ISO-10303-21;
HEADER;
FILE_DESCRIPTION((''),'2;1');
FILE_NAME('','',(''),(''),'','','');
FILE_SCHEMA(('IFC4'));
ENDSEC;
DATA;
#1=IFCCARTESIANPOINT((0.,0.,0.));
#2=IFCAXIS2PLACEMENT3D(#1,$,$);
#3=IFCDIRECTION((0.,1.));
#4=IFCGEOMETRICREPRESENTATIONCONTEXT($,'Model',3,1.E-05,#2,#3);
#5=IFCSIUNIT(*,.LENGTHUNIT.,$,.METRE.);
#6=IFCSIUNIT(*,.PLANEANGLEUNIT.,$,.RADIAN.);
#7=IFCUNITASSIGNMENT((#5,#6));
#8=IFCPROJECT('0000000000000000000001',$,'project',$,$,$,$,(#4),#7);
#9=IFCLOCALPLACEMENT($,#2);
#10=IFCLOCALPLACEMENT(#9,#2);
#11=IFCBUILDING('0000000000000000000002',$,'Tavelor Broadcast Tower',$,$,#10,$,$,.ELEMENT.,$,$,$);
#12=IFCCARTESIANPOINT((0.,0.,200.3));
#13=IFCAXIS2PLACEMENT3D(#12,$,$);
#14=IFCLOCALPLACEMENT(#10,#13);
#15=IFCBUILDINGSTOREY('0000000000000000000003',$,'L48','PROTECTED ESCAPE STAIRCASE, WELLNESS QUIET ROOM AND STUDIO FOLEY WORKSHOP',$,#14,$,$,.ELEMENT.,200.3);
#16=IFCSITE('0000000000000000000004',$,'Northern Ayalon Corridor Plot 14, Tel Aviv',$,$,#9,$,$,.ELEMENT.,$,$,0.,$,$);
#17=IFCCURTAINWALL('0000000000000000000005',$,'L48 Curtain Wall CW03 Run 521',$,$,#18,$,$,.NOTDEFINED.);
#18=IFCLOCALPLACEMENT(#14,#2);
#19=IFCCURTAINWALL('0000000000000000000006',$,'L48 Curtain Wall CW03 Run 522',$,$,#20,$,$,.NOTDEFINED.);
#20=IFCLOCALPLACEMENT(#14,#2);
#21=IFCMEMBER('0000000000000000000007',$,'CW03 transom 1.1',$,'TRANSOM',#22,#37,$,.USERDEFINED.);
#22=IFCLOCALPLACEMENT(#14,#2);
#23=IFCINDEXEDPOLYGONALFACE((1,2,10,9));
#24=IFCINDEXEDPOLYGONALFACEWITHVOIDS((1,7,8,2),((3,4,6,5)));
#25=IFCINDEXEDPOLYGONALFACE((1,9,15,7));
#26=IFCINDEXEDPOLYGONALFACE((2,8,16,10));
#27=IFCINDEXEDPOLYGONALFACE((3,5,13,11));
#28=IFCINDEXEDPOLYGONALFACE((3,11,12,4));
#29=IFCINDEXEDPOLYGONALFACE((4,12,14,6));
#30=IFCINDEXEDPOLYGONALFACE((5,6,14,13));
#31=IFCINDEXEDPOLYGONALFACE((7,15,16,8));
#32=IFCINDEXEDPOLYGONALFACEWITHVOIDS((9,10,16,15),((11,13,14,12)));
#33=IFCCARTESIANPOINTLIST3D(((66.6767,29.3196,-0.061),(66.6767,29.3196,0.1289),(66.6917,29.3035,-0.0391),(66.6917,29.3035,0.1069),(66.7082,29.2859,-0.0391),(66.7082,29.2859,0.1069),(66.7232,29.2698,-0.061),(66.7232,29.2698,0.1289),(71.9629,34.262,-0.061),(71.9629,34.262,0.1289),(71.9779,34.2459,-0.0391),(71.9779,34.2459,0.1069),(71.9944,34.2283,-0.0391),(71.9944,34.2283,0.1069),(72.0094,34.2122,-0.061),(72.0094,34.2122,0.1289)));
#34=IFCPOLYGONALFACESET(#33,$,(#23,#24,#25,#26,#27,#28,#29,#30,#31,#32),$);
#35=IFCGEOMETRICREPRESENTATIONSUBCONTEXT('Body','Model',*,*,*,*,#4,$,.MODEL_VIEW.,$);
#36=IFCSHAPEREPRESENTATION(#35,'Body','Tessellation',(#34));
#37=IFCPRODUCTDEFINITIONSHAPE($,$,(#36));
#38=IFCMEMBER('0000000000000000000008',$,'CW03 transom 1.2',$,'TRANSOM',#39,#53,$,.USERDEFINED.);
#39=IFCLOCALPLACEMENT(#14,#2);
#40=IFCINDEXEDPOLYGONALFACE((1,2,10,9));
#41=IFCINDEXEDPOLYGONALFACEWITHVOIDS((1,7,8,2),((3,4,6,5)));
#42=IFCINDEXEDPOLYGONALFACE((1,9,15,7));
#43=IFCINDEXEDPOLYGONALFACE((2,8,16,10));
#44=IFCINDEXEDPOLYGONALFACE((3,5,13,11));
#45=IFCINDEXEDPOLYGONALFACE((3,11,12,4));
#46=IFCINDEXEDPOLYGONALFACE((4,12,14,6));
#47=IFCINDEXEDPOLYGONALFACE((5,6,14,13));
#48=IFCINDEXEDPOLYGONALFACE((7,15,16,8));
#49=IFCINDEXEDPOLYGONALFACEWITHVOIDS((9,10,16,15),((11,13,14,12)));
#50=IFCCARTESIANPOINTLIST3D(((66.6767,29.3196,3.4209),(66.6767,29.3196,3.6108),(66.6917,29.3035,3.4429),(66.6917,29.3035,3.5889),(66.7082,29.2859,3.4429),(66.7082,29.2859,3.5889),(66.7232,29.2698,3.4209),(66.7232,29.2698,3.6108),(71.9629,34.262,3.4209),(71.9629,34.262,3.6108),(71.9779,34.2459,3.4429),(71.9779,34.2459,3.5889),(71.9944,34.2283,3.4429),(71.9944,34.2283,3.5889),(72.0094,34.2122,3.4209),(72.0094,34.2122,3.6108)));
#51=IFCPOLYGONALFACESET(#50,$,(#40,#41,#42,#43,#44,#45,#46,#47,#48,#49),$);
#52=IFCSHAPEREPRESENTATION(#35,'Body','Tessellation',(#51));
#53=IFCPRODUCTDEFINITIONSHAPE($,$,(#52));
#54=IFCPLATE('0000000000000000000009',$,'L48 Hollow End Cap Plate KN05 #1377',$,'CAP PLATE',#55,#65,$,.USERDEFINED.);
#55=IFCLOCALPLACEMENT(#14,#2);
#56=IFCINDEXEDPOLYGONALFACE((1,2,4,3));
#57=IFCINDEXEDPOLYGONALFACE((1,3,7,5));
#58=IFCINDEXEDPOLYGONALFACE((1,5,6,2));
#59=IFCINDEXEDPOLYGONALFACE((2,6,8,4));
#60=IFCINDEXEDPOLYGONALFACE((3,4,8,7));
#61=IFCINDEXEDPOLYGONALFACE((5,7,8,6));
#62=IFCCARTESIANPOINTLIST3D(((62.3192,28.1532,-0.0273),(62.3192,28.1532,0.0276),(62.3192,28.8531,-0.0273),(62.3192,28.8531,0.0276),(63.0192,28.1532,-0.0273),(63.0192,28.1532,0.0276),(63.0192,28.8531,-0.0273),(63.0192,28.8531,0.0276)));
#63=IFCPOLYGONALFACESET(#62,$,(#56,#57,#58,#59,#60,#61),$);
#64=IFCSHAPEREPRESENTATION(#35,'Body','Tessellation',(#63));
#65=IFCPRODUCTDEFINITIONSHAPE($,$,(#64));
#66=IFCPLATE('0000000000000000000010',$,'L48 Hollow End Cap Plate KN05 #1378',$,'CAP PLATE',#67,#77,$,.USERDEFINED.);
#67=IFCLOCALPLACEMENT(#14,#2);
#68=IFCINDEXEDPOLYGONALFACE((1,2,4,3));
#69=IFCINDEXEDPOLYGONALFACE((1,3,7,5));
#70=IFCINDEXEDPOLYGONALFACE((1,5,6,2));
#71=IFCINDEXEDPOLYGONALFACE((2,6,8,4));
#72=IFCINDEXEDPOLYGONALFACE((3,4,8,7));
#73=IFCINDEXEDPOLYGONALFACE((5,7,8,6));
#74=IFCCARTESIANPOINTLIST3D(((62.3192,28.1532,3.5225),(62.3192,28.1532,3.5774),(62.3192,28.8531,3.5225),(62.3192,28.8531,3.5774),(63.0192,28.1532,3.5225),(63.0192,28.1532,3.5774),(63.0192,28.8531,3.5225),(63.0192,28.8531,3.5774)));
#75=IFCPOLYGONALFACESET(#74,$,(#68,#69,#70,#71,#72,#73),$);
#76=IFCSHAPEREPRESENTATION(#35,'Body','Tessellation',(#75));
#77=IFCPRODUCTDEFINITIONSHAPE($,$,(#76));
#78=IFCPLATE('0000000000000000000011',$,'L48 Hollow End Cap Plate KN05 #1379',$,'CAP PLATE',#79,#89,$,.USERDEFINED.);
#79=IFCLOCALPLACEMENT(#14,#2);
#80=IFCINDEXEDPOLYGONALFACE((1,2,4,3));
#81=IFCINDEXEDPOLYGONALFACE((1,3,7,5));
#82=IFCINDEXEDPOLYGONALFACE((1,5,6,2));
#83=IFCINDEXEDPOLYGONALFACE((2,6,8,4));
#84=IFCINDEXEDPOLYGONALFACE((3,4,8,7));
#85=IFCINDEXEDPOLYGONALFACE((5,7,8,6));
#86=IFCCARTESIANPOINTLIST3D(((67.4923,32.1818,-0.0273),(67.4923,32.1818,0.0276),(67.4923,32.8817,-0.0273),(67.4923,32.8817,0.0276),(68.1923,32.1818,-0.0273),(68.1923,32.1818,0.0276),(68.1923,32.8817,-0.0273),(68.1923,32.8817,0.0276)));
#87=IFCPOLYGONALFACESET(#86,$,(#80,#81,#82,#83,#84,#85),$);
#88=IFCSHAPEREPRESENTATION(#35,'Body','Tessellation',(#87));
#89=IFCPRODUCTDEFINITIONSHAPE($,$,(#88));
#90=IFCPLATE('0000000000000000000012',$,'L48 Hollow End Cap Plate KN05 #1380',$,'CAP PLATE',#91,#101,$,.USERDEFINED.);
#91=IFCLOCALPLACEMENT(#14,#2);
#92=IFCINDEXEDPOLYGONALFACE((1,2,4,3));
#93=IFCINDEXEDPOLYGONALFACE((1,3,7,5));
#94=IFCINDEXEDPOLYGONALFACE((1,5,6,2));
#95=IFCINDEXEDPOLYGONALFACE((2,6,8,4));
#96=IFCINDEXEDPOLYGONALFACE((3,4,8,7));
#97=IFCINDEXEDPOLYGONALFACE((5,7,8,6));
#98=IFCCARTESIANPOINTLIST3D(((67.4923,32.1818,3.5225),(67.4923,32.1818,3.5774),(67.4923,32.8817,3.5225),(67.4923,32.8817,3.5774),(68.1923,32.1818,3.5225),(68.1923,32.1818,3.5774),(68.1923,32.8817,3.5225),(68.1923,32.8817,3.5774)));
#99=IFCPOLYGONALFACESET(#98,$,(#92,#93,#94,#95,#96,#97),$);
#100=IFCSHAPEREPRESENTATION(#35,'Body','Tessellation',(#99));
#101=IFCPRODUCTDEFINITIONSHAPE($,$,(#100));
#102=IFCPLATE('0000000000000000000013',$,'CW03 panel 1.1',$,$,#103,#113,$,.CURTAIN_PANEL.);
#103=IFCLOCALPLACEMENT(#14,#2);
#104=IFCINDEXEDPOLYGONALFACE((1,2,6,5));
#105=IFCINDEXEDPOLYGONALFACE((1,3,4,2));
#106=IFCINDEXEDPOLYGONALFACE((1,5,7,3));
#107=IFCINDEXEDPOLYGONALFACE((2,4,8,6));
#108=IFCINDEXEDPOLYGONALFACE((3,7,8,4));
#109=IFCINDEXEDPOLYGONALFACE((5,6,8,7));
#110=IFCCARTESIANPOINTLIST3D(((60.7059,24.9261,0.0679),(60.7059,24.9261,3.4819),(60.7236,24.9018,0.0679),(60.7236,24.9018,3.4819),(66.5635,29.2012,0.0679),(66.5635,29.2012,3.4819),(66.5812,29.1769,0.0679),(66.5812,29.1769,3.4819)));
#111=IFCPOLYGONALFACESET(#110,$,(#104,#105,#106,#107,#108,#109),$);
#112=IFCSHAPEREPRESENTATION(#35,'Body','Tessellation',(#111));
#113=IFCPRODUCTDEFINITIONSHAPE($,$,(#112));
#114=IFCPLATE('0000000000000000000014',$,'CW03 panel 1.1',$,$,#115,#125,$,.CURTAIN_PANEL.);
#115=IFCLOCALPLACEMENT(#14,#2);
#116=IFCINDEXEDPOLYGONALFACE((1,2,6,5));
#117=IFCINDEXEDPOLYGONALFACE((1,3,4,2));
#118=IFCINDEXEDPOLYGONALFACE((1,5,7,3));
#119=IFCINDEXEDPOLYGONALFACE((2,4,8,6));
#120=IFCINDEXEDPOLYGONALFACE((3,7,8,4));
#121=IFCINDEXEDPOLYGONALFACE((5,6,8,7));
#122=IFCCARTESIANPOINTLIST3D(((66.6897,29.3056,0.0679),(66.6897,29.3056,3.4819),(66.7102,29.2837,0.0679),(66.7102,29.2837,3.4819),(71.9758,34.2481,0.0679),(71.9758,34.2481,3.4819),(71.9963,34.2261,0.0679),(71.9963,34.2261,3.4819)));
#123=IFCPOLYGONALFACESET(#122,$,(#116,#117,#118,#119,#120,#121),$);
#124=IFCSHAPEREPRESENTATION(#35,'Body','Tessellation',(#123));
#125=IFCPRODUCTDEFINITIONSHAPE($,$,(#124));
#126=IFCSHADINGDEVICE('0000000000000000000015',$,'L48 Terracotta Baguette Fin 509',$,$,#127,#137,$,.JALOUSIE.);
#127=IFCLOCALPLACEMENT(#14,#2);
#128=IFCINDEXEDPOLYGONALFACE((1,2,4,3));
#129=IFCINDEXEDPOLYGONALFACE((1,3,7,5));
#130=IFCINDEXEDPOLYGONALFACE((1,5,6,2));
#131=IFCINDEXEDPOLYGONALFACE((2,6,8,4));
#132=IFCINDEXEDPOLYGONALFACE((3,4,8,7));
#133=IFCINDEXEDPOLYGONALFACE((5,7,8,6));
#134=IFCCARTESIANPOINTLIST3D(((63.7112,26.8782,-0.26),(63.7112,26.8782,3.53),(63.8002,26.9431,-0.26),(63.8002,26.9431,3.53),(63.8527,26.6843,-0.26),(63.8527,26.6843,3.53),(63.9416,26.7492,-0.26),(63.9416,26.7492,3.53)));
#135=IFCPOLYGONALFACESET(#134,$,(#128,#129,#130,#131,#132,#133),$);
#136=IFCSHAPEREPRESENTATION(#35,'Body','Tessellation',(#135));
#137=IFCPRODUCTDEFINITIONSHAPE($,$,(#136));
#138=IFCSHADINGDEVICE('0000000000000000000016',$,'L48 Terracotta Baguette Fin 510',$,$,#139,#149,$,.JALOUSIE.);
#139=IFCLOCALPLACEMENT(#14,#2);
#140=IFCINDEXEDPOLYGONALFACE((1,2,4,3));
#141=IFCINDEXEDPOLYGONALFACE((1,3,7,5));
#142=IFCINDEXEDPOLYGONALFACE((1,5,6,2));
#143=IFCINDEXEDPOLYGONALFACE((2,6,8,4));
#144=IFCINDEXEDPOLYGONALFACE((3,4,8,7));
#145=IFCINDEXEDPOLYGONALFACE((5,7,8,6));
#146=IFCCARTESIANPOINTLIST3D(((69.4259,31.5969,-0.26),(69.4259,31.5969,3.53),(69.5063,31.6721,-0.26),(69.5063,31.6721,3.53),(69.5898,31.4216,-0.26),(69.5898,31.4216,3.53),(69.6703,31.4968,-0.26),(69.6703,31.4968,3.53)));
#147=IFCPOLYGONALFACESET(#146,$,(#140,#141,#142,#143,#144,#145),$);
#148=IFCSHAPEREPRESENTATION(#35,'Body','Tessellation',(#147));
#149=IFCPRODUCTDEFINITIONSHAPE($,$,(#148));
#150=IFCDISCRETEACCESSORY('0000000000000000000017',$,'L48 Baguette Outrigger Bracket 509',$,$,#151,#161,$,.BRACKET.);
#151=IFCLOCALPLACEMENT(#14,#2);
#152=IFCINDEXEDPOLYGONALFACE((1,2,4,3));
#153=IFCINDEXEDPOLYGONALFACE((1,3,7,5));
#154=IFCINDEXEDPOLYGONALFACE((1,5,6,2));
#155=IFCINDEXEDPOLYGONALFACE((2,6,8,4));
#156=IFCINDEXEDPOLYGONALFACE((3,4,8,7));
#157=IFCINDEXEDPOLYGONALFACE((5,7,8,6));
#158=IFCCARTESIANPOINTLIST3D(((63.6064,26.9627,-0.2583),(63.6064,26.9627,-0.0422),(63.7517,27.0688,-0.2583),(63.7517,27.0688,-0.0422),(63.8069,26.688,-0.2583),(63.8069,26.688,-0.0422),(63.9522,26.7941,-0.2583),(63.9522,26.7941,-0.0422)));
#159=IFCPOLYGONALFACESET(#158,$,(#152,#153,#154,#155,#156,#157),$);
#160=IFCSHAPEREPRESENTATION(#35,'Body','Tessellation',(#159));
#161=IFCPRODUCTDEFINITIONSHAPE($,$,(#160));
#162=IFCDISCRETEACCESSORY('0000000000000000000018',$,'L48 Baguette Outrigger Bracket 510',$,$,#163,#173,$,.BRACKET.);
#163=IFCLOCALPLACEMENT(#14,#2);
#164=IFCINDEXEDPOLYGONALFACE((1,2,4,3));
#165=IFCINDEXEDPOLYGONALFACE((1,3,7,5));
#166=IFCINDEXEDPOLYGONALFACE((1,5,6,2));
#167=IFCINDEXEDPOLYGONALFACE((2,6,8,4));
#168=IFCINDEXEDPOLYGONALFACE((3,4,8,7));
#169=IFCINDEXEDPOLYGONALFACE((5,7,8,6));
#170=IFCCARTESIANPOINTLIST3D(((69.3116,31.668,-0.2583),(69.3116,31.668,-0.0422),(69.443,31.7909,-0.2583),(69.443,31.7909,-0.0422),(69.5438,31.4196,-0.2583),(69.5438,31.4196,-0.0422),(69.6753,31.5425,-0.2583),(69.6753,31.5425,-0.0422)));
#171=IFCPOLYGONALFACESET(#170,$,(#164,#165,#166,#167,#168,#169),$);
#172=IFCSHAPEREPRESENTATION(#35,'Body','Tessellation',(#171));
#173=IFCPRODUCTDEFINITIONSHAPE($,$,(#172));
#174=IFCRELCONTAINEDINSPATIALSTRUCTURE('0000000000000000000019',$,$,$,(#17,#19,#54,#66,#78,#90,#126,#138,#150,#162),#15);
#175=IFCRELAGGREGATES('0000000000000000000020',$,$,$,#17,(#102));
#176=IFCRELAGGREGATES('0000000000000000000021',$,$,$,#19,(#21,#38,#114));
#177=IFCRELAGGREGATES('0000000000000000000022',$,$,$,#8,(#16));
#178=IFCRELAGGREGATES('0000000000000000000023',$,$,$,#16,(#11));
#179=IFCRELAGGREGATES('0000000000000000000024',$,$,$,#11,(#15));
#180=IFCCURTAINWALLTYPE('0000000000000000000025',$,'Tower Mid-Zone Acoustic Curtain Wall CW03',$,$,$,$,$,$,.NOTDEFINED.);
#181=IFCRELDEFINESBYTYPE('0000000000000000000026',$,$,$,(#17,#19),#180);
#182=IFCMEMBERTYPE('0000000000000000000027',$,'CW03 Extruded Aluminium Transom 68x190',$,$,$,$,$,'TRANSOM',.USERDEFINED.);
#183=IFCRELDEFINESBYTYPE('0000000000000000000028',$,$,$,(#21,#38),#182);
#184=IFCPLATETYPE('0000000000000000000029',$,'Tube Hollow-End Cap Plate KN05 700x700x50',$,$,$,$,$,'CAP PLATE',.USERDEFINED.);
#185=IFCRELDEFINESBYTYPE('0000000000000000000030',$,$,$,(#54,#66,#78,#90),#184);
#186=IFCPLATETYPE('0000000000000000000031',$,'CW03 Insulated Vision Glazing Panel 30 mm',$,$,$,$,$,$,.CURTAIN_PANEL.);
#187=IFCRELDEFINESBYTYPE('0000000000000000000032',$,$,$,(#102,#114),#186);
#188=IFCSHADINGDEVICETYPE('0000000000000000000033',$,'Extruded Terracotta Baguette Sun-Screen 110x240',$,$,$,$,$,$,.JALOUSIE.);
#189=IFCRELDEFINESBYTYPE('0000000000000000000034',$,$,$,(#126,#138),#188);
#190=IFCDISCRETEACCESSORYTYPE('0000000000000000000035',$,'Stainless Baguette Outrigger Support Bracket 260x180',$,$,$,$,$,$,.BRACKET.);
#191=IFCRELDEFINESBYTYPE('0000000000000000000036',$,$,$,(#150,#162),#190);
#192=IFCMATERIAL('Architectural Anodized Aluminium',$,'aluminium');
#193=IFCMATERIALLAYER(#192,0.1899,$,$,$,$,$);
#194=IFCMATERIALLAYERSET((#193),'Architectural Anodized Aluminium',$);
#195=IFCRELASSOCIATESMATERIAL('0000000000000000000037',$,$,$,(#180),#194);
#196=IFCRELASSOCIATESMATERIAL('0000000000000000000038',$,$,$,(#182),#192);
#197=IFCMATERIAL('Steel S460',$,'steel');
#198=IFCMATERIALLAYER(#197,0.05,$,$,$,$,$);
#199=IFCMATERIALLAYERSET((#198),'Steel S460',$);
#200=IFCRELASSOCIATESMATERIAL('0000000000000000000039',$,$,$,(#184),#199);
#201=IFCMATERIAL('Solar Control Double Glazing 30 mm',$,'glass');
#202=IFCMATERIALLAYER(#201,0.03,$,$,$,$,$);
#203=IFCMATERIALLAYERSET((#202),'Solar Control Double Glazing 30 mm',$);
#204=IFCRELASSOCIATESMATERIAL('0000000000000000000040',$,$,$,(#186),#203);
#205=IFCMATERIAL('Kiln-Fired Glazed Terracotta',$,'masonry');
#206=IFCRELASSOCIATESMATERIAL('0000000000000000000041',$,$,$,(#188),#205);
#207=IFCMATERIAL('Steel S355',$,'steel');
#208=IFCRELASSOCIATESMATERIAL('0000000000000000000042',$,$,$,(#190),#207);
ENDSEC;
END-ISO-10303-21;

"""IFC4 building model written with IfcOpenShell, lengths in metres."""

from ifc_helpers import new_model, si_unit, direction, frame, origin, origin_2d, place, context, subcontext, project, spatial, rectangle, hollow_rectangle, extrude, source, transform, mapped, material, layer, layer_set, material_profile, profile_set, type_object, type_shapes, element, aggregate, save


model = new_model("IFC4")

# Units and contexts
model_context = context("Model", 3, precision=1e-05, world=origin(), true_north=direction((0.0, 1.0)))
body_context = subcontext(model_context, "Body", "Model", "MODEL_VIEW")
ifc_project = project(units=[si_unit("LENGTHUNIT", "METRE"), si_unit("PLANEANGLEUNIT", "RADIAN")], contexts=[model_context])

# Site, building, storey
site_placement = place(None, origin())
site = spatial("IfcSite", under=ifc_project, at=site_placement, Name="Northern Ayalon Corridor Plot 14, Tel Aviv", CompositionType="ELEMENT", RefElevation=0.0)
building_placement = place(site_placement, origin())
building = spatial("IfcBuilding", under=site, at=building_placement, Name="Tavelor Broadcast Tower", CompositionType="ELEMENT")
storey_placement = place(building_placement, frame((0.0, 0.0, 200.3)))
storey = spatial("IfcBuildingStorey", under=building, at=storey_placement, Name="L48", Description="PROTECTED ESCAPE STAIRCASE, WELLNESS QUIET ROOM AND STUDIO FOLEY WORKSHOP", CompositionType="ELEMENT", Elevation=200.3)

# Shared definitions
ifc_material_1 = material(Name="Steel S460", Category="steel")

# Shared definitions
ifc_material_2 = material(Name="Steel S355", Category="steel")

# Curtain wall
ifc_material_3 = material(Name="Architectural Anodized Aluminium", Category="aluminium")
ifc_layer_1 = layer(ifc_material_3, 0.1899)
ifc_layer_set_1 = layer_set([ifc_layer_1], Name="Architectural Anodized Aluminium")
curtain_wall_type = type_object("IfcCurtainWallType", Name="Tower Mid-Zone Acoustic Curtain Wall CW03", PredefinedType="NOTDEFINED", material=ifc_layer_set_1)
curtain_wall_1_placement = place(storey_placement, origin())
curtain_wall_1 = element("IfcCurtainWall", 1, at=curtain_wall_1_placement, inside=storey, type_object=curtain_wall_type, Name="L48 Curtain Wall CW03 Run 521", PredefinedType="NOTDEFINED")

# Curtain wall
curtain_wall_2_placement = place(storey_placement, origin())
curtain_wall_2 = element("IfcCurtainWall", 2, at=curtain_wall_2_placement, inside=storey, type_object=curtain_wall_type, Name="L48 Curtain Wall CW03 Run 522", PredefinedType="NOTDEFINED")
ifc_material_profile_1 = material_profile(ifc_material_3, hollow_rectangle(XDim=0.0681, YDim=0.1899, WallThickness=0.022, at=origin_2d()), Name="RHS 68x190x22")
ifc_profile_set_1 = profile_set([ifc_material_profile_1], Name="Architectural Anodized Aluminium")
member_type_1 = type_object("IfcMemberType", Name="CW03 Extruded Aluminium Transom 68x190", ElementType="TRANSOM", PredefinedType="USERDEFINED", material=ifc_profile_set_1)

# Members
shared_shape_1 = source(origin(), body_context, "Body", "SweptSolid", [
    extrude(hollow_rectangle(XDim=0.0681, YDim=0.1899, WallThickness=0.022, at=origin_2d()), origin(), (0.0, 0.0, 1.0), 7.2368),
])
member_1_placement = place(storey_placement, frame((66.7, 29.2947, 0.0339), z_axis=(0.730458, 0.682957, 0.0), x_axis=(-0.682957, 0.730458, 0.0)))
member_1 = element("IfcMember", 3, at=member_1_placement, type_object=member_type_1, Name="CW03 transom 1.1", ObjectType="TRANSOM", PredefinedType="USERDEFINED", context=body_context, shape_type="MappedRepresentation", body=[
    mapped(shared_shape_1, transform((0.0, 0.0, 0.0), scale=1.0)),
])
member_2_placement = place(storey_placement, frame((66.7, 29.2947, 3.5159), z_axis=(0.730458, 0.682957, 0.0), x_axis=(-0.682957, 0.730458, 0.0)))
member_2 = element("IfcMember", 4, at=member_2_placement, type_object=member_type_1, Name="CW03 transom 1.2", ObjectType="TRANSOM", PredefinedType="USERDEFINED", context=body_context, shape_type="MappedRepresentation", body=[
    mapped(shared_shape_1, transform((0.0, 0.0, 0.0), scale=1.0)),
])

# Plates
ifc_layer_2 = layer(ifc_material_1, 0.05)
ifc_layer_set_2 = layer_set([ifc_layer_2], Name="Steel S460")
plate_type_1 = type_object("IfcPlateType", Name="Tube Hollow-End Cap Plate KN05 700x700x50", ElementType="CAP PLATE", PredefinedType="USERDEFINED", material=ifc_layer_set_2)
shared_shape_2 = source(origin(), body_context, "Body", "SweptSolid", [
    extrude(rectangle(XDim=0.7, YDim=0.7, at=origin_2d()), origin(), (0.0, 0.0, 1.0), 0.0549),
])
type_shapes(plate_type_1, [shared_shape_2])
for number, where, z_axis, x_axis, name in (
    (5, (62.6692, 28.5032, -0.0273), (0.0, 0.0, 1.0), (1.0, 0.0, 0.0), "L48 Hollow End Cap Plate KN05 #1377"),
    (6, (62.6692, 28.5032, 3.5225), (0.0, 0.0, 1.0), (1.0, 0.0, 0.0), "L48 Hollow End Cap Plate KN05 #1378"),
    (7, (67.8423, 32.5317, -0.0273), (0.0, 0.0, 1.0), (1.0, 0.0, 0.0), "L48 Hollow End Cap Plate KN05 #1379"),
    (8, (67.8423, 32.5317, 3.5225), (0.0, 0.0, 1.0), (1.0, 0.0, 0.0), "L48 Hollow End Cap Plate KN05 #1380"),
):
    element("IfcPlate", number, at=place(storey_placement, frame(where, z_axis=z_axis, x_axis=x_axis)), inside=storey, type_object=plate_type_1, Name=name, ObjectType="CAP PLATE", PredefinedType="USERDEFINED", context=body_context, shape_type="MappedRepresentation", body=[
        mapped(shared_shape_2, transform((0.0, 0.0, 0.0), scale=1.0)),
    ])

# Plates
ifc_material_4 = material(Name="Solar Control Double Glazing 30 mm", Category="glass")
ifc_layer_3 = layer(ifc_material_4, 0.03)
ifc_layer_set_3 = layer_set([ifc_layer_3], Name="Solar Control Double Glazing 30 mm")
plate_type_2 = type_object("IfcPlateType", Name="CW03 Insulated Vision Glazing Panel 30 mm", PredefinedType="CURTAIN_PANEL", material=ifc_layer_set_3)
shared_shape_3 = source(origin(), body_context, "Body", "SweptSolid", [
    extrude(rectangle(XDim=7.2517, YDim=0.03, at=origin_2d()), origin(), (0.0, 0.0, 1.0), 3.4141),
])
plate_1_placement = place(storey_placement, frame((63.6436, 27.0515, 0.0679), z_axis=(0.0, 0.0, 1.0), x_axis=(0.807745, 0.589532, 0.0)))
plate_1 = element("IfcPlate", 9, at=plate_1_placement, type_object=plate_type_2, Name="CW03 panel 1.1", PredefinedType="CURTAIN_PANEL", context=body_context, shape_type="MappedRepresentation", body=[
    mapped(shared_shape_3, transform((0.0, 0.0, 0.0), scale=1.0)),
])
aggregate(curtain_wall_1, [plate_1])
shared_shape_4 = source(origin(), body_context, "Body", "SweptSolid", [
    extrude(rectangle(XDim=7.2368, YDim=0.03, at=origin_2d()), origin(), (0.0, 0.0, 1.0), 3.4141),
])
type_shapes(plate_type_2, [shared_shape_3, shared_shape_4])
plate_2_placement = place(storey_placement, frame((69.343, 31.7659, 0.0679), z_axis=(0.0, 0.0, 1.0), x_axis=(0.730451, 0.682965, 0.0)))
plate_2 = element("IfcPlate", 10, at=plate_2_placement, type_object=plate_type_2, Name="CW03 panel 1.1", PredefinedType="CURTAIN_PANEL", context=body_context, shape_type="MappedRepresentation", body=[
    mapped(shared_shape_4, transform((0.0, 0.0, 0.0), scale=1.0)),
])
aggregate(curtain_wall_2, [member_1, member_2, plate_2])

# Shading devices
ifc_material_5 = material(Name="Kiln-Fired Glazed Terracotta", Category="masonry")
shading_device_type = type_object("IfcShadingDeviceType", Name="Extruded Terracotta Baguette Sun-Screen 110x240", PredefinedType="JALOUSIE", material=ifc_material_5)
shared_shape_5 = source(origin(), body_context, "Body", "SweptSolid", [
    extrude(rectangle(XDim=0.1101, YDim=0.24, at=origin_2d()), origin(), (0.0, 0.0, 1.0), 3.79),
])
type_shapes(shading_device_type, [shared_shape_5])
for number, where, z_axis, x_axis, name in (
    (11, (63.8264, 26.8137, -0.26), (0.0, 0.0, 1.0), (0.807784, 0.589478, 0.0), "L48 Terracotta Baguette Fin 509"),
    (12, (69.5481, 31.5469, -0.26), (0.0, 0.0, 1.0), (0.730401, 0.683019, 0.0), "L48 Terracotta Baguette Fin 510"),
):
    element("IfcShadingDevice", number, at=place(storey_placement, frame(where, z_axis=z_axis, x_axis=x_axis)), inside=storey, type_object=shading_device_type, Name=name, PredefinedType="JALOUSIE", context=body_context, shape_type="MappedRepresentation", body=[
        mapped(shared_shape_5, transform((0.0, 0.0, 0.0), scale=1.0)),
    ])

# Discrete accessories
discrete_accessory_type = type_object("IfcDiscreteAccessoryType", Name="Stainless Baguette Outrigger Support Bracket 260x180", PredefinedType="BRACKET", material=ifc_material_2)
shared_shape_6 = source(origin(), body_context, "Body", "SweptSolid", [
    extrude(rectangle(XDim=0.1799, YDim=0.3401, at=origin_2d()), origin(), (0.0, 0.0, 1.0), 0.2161),
])
type_shapes(discrete_accessory_type, [shared_shape_6])
for number, where, z_axis, x_axis, name in (
    (13, (63.7793, 26.8784, -0.2583), (0.0, 0.0, 1.0), (0.807784, 0.589478, 0.0), "L48 Baguette Outrigger Bracket 509"),
    (14, (69.4934, 31.6052, -0.2583), (0.0, 0.0, 1.0), (0.730401, 0.683019, 0.0), "L48 Baguette Outrigger Bracket 510"),
):
    element("IfcDiscreteAccessory", number, at=place(storey_placement, frame(where, z_axis=z_axis, x_axis=x_axis)), inside=storey, type_object=discrete_accessory_type, Name=name, PredefinedType="BRACKET", context=body_context, shape_type="MappedRepresentation", body=[
        mapped(shared_shape_6, transform((0.0, 0.0, 0.0), scale=1.0)),
    ])

save(model, "model.ifc")
